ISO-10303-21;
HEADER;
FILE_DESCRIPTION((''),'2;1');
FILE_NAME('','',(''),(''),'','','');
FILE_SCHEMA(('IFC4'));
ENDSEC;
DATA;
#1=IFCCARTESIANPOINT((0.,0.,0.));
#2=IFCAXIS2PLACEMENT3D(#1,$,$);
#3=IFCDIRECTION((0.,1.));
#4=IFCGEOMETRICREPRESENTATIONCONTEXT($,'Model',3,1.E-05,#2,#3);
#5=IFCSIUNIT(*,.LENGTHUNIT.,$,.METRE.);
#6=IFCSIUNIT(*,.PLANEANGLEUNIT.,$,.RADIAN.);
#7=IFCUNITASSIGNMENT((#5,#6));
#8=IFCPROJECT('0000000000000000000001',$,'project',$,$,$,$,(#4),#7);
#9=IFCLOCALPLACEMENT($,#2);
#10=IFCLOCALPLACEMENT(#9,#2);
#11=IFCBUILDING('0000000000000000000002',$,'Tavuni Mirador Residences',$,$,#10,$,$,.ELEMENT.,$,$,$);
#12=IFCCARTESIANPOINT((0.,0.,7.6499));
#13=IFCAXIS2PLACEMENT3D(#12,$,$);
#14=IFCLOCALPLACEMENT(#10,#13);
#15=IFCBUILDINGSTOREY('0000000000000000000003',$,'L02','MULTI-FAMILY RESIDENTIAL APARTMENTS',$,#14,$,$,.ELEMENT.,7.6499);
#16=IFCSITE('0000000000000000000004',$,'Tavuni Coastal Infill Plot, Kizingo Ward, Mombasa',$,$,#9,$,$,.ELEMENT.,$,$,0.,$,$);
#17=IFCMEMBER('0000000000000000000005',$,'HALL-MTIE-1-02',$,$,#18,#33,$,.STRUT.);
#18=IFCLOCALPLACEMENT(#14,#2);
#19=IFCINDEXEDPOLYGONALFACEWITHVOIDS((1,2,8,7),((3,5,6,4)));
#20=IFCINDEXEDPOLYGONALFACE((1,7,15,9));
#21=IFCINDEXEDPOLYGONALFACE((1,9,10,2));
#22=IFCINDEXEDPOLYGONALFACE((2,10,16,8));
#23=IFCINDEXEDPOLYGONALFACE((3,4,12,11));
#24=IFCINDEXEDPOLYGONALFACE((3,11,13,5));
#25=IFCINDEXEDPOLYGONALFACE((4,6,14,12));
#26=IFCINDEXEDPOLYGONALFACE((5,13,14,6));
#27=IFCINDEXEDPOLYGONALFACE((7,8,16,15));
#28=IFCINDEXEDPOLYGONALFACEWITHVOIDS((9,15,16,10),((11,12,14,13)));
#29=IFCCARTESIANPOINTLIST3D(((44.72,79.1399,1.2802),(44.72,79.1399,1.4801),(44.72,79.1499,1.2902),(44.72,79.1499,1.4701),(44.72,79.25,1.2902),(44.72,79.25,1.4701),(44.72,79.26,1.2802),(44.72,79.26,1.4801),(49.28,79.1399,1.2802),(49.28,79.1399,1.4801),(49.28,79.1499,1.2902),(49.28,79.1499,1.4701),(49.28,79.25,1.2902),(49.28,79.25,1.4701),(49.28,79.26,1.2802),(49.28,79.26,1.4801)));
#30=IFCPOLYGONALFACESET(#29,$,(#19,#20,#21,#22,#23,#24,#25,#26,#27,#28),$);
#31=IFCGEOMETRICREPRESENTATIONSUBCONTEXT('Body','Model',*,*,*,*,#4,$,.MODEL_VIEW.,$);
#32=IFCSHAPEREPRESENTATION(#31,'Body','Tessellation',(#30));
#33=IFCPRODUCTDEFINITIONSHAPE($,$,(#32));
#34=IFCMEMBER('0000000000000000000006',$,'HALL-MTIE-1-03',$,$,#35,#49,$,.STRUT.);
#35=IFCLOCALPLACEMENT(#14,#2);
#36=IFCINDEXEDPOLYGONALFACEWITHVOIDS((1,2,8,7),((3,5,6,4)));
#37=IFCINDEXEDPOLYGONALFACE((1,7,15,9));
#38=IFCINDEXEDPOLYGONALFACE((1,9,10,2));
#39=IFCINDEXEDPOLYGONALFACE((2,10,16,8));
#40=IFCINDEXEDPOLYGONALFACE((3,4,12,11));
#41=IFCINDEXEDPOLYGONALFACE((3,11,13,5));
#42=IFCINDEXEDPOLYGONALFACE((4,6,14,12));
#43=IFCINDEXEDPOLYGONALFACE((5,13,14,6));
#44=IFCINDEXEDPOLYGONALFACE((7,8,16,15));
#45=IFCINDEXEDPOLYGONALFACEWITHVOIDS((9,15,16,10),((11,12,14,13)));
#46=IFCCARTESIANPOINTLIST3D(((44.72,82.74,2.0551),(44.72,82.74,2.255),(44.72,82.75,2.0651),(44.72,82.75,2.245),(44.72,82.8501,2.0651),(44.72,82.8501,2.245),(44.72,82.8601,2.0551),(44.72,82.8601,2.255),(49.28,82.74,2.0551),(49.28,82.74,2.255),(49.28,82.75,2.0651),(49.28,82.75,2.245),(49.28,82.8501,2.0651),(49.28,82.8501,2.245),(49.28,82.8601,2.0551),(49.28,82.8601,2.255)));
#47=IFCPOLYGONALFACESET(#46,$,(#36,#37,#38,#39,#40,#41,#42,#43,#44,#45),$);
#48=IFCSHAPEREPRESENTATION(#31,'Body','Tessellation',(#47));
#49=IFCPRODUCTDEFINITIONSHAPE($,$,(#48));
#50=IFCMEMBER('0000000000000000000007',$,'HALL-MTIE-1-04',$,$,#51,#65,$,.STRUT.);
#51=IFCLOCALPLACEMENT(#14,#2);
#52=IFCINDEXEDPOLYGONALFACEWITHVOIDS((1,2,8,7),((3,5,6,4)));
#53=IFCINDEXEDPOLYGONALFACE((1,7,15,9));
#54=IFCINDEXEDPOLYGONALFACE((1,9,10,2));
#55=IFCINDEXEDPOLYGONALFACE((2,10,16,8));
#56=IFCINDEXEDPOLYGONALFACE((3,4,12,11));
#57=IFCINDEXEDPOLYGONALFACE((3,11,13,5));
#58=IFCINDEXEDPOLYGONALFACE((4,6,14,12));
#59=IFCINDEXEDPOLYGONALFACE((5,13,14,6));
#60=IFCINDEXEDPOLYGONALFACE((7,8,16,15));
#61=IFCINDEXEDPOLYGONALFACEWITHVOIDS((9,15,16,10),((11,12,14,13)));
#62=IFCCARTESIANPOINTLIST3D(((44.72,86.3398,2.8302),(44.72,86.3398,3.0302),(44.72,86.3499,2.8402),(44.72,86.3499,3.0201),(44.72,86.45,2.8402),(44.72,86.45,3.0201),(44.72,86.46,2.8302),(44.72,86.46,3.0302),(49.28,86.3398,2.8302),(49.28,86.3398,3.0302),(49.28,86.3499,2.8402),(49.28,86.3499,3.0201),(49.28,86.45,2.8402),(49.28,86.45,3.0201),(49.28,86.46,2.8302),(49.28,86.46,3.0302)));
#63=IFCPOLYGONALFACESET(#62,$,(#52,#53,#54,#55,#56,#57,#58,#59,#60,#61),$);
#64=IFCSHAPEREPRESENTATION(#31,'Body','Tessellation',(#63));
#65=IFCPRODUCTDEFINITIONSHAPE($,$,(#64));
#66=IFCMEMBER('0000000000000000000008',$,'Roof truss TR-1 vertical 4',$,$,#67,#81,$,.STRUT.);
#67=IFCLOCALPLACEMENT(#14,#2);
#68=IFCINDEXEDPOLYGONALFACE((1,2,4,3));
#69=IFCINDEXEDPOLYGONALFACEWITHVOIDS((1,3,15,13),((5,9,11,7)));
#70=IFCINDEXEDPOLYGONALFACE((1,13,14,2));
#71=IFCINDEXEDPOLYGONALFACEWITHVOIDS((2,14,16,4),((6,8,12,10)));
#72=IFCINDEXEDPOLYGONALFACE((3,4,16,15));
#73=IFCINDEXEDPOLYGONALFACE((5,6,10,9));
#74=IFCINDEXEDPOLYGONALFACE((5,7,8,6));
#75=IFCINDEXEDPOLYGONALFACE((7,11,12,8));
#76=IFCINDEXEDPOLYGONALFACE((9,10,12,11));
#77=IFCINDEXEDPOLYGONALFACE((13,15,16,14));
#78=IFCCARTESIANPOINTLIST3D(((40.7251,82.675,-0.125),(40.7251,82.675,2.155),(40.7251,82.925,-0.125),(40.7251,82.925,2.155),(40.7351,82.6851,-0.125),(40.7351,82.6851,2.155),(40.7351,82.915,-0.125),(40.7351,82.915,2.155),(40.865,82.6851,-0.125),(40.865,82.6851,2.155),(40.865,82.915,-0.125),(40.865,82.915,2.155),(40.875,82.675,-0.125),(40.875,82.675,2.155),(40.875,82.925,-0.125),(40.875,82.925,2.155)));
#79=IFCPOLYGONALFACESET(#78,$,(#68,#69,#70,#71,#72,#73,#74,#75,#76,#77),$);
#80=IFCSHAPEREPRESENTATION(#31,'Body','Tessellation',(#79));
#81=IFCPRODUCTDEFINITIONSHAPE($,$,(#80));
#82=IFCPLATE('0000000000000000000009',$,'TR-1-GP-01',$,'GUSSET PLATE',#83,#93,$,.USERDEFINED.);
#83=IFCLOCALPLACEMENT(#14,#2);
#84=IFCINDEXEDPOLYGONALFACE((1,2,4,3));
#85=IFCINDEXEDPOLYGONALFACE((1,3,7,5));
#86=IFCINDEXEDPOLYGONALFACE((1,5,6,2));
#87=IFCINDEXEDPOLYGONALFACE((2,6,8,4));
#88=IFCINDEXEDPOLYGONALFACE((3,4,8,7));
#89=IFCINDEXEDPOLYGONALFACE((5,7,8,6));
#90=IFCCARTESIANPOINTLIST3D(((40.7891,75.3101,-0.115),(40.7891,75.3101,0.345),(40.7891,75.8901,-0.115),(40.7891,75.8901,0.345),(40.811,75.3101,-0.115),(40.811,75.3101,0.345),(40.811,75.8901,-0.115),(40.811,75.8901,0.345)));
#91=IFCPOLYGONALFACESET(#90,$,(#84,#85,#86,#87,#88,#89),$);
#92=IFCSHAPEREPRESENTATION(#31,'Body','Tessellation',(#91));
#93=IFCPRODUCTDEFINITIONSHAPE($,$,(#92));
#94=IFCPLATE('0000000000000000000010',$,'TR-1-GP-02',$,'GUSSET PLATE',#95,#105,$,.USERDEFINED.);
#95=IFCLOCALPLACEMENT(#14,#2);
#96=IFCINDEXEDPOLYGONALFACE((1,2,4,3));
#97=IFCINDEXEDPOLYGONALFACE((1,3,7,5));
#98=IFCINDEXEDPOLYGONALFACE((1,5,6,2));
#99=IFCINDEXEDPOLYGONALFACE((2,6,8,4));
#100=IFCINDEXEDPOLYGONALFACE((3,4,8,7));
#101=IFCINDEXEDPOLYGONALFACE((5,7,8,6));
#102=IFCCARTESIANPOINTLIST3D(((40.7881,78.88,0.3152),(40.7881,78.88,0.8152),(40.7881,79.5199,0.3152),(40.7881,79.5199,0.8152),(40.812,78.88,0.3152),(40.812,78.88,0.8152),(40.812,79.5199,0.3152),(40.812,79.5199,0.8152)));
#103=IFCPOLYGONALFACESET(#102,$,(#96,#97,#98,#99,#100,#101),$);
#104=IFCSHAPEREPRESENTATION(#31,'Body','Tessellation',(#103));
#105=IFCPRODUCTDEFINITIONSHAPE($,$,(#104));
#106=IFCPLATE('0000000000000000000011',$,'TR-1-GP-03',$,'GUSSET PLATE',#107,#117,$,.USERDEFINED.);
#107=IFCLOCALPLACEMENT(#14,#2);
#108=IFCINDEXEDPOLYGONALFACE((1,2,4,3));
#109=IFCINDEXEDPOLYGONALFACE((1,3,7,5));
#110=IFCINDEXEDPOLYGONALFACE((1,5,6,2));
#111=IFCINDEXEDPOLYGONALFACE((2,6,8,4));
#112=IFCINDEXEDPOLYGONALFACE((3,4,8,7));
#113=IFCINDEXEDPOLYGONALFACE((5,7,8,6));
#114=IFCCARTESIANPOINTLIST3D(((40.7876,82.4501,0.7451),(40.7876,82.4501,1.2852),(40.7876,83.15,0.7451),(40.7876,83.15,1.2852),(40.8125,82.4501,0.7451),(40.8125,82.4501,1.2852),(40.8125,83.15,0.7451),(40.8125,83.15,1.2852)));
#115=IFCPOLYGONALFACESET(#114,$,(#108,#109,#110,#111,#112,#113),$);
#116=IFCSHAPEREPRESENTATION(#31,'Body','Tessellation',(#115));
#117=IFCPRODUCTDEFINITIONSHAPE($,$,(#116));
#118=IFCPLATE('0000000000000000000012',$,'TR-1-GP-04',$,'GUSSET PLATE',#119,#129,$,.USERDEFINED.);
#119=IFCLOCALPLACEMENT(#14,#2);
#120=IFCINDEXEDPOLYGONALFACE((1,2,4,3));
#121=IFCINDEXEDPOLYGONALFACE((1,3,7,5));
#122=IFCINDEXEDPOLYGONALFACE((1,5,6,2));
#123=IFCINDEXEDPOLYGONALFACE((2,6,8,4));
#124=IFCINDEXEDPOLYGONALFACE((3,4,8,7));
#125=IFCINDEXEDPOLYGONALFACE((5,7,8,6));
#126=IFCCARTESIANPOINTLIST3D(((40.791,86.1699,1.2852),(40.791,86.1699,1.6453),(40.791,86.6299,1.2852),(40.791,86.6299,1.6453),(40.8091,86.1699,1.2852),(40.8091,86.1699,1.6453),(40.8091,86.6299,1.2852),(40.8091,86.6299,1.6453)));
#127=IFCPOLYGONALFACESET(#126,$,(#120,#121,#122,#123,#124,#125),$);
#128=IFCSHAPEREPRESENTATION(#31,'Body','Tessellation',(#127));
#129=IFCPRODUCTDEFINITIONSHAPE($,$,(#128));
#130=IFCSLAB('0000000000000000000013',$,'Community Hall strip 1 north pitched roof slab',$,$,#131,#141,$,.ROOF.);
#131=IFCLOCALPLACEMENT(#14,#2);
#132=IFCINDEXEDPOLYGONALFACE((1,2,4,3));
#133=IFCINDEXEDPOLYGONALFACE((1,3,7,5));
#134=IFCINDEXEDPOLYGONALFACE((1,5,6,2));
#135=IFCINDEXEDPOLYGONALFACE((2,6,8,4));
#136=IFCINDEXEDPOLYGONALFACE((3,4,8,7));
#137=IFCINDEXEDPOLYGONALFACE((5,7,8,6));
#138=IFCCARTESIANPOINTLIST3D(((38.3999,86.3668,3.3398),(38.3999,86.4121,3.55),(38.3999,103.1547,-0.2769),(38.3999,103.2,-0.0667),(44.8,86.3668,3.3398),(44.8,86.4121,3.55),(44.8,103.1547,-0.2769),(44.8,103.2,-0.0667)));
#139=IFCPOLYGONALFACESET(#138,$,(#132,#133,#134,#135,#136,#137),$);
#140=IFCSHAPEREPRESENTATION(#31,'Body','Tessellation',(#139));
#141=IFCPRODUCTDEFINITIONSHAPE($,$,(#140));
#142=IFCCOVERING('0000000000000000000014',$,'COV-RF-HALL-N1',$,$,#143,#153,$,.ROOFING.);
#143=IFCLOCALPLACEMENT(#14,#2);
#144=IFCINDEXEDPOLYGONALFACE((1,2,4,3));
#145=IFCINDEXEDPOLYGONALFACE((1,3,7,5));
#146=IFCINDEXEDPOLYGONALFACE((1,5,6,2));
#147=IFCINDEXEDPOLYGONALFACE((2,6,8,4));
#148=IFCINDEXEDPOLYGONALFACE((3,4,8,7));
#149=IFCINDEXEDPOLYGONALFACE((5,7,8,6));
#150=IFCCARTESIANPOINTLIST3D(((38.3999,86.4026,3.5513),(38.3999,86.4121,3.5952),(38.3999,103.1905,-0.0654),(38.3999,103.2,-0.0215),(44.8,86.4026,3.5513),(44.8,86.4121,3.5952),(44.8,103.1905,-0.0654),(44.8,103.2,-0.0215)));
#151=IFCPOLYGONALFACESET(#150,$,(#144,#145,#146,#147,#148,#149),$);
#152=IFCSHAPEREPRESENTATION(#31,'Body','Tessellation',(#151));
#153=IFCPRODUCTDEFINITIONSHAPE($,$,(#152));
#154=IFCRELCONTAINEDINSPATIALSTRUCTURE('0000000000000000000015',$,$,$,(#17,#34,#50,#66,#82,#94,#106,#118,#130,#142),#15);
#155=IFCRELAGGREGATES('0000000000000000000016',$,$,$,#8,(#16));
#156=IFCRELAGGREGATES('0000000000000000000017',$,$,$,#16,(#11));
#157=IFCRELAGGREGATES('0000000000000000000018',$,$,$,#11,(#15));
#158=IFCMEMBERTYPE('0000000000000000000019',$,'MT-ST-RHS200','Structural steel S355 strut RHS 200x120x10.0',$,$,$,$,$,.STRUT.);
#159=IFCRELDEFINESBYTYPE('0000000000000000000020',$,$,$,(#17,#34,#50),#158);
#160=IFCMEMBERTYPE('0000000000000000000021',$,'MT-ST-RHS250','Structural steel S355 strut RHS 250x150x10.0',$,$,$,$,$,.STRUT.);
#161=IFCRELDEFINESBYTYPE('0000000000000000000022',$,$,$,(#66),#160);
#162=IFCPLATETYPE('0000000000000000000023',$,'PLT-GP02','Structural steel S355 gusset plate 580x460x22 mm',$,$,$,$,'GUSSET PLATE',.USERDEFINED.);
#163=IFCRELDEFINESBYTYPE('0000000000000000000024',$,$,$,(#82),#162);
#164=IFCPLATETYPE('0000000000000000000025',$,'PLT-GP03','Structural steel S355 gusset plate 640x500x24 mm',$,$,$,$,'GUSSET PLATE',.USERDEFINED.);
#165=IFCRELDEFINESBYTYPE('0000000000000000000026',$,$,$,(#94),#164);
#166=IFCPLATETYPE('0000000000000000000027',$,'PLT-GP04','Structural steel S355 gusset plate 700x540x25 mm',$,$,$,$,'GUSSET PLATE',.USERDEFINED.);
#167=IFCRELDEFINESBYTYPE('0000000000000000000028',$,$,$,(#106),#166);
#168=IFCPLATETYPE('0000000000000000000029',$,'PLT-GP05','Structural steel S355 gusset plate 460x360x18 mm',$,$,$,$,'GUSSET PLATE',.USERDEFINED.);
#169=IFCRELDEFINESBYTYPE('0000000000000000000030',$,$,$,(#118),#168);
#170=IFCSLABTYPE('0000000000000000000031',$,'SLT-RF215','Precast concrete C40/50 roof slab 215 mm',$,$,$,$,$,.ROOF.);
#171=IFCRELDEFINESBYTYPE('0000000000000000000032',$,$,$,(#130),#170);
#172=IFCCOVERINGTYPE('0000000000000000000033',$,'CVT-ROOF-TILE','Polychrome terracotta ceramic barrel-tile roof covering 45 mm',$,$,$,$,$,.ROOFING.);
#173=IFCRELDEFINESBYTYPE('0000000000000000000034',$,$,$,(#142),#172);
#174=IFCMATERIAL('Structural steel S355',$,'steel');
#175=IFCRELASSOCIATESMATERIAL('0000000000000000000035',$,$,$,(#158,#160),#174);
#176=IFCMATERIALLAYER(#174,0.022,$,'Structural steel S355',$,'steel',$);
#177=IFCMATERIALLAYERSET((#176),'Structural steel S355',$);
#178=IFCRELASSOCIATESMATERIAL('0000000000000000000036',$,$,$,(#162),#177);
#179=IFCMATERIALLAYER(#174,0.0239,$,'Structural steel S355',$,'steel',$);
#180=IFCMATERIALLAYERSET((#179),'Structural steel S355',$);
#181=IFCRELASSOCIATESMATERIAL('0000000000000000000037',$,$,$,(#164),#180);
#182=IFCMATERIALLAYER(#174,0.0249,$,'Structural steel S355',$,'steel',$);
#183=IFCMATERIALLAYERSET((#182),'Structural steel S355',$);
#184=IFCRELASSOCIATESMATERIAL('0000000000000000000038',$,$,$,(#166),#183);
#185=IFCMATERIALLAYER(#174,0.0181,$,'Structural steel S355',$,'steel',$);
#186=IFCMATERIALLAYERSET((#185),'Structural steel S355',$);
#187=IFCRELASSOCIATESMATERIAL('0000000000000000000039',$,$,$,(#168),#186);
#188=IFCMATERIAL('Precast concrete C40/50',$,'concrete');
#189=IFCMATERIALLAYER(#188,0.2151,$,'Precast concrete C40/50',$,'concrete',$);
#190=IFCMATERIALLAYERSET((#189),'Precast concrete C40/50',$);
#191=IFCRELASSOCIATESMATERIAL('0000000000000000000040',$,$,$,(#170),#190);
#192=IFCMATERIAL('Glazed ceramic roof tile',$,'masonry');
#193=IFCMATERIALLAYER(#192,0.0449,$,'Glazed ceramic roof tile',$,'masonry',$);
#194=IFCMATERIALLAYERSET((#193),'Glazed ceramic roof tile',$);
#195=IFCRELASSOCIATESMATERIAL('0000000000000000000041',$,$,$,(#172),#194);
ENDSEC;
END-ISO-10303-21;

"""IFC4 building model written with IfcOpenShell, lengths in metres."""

from ifc_helpers import new_model, si_unit, direction, frame, origin, origin_2d, place, context, subcontext, project, spatial, polyline, rectangle, hollow_rectangle, outline, extrude, material, layer, layer_set, material_profile, profile_set, type_object, element, save


model = new_model("IFC4")

# Units and contexts
model_context = context("Model", 3, precision=1e-05, world=origin(), true_north=direction((0.0, 1.0)))
body_context = subcontext(model_context, "Body", "Model", "MODEL_VIEW")
ifc_project = project(units=[si_unit("LENGTHUNIT", "METRE"), si_unit("PLANEANGLEUNIT", "RADIAN")], contexts=[model_context])

# Site, building, storey
site_placement = place(None, origin())
site = spatial("IfcSite", under=ifc_project, at=site_placement, Name="Tavuni Coastal Infill Plot, Kizingo Ward, Mombasa", CompositionType="ELEMENT", RefElevation=0.0)
building_placement = place(site_placement, origin())
building = spatial("IfcBuilding", under=site, at=building_placement, Name="Tavuni Mirador Residences", CompositionType="ELEMENT")
storey_placement = place(building_placement, frame((0.0, 0.0, 7.6499)))
storey = spatial("IfcBuildingStorey", under=building, at=storey_placement, Name="L02", Description="MULTI-FAMILY RESIDENTIAL APARTMENTS", CompositionType="ELEMENT", Elevation=7.6499)

# Members
ifc_material_1 = material(Name="Structural steel S355", Category="steel")
ifc_material_profile_1 = material_profile(ifc_material_1, hollow_rectangle(XDim=0.1201, YDim=0.2, WallThickness=0.01, at=origin_2d()), Name="RHS 200x120x10.0", Category="steel")
ifc_profile_set_1 = profile_set([ifc_material_profile_1], Name="Structural steel S355")
member_type_1 = type_object("IfcMemberType", Name="MT-ST-RHS200", Description="Structural steel S355 strut RHS 200x120x10.0", PredefinedType="STRUT", material=ifc_profile_set_1)
for number, where, z_axis, x_axis, name in (
    (1, (44.72, 79.2, 1.3801), (1.0, 0.0, 0.0), (0.0, 1.0, 0.0), "HALL-MTIE-1-02"),
    (2, (44.72, 82.8, 2.155), (1.0, 0.0, 0.0), (0.0, 1.0, 0.0), "HALL-MTIE-1-03"),
    (3, (44.72, 86.3999, 2.9302), (1.0, 0.0, 0.0), (0.0, 1.0, 0.0), "HALL-MTIE-1-04"),
):
    element("IfcMember", number, at=place(storey_placement, frame(where, z_axis=z_axis, x_axis=x_axis)), inside=storey, type_object=member_type_1, Name=name, PredefinedType="STRUT", context=body_context, shape_type="SweptSolid", body=[
        extrude(hollow_rectangle(XDim=0.1201, YDim=0.2, WallThickness=0.01, at=origin_2d()), origin(), (0.0, 0.0, 1.0), 4.5601),
    ])
ifc_material_profile_2 = material_profile(ifc_material_1, hollow_rectangle(XDim=0.1499, YDim=0.25, WallThickness=0.01, at=origin_2d()), Name="RHS 250x150x10.0", Category="steel")
ifc_profile_set_2 = profile_set([ifc_material_profile_2], Name="Structural steel S355")
member_type_2 = type_object("IfcMemberType", Name="MT-ST-RHS250", Description="Structural steel S355 strut RHS 250x150x10.0", PredefinedType="STRUT", material=ifc_profile_set_2)
member_1_placement = place(storey_placement, frame((40.8, 82.8, -0.125), z_axis=(0.0, 0.0, 1.0), x_axis=(1.0, 0.0, 0.0)))
element("IfcMember", 4, at=member_1_placement, inside=storey, type_object=member_type_2, Name="Roof truss TR-1 vertical 4", PredefinedType="STRUT", context=body_context, shape_type="SweptSolid", body=[
    extrude(hollow_rectangle(XDim=0.1499, YDim=0.25, WallThickness=0.01, at=origin_2d()), origin(), (0.0, 0.0, 1.0), 2.28),
])

# Plates
ifc_layer_1 = layer(ifc_material_1, 0.022, Name="Structural steel S355", Category="steel")
ifc_layer_set_1 = layer_set([ifc_layer_1], Name="Structural steel S355")
plate_type_1 = type_object("IfcPlateType", Name="PLT-GP02", Description="Structural steel S355 gusset plate 580x460x22 mm", ElementType="GUSSET PLATE", PredefinedType="USERDEFINED", material=ifc_layer_set_1)
plate_1_placement = place(storey_placement, frame((40.8, 75.6001, -0.115), z_axis=(0.0, 0.0, 1.0), x_axis=(0.0, 1.0, 0.0)))
element("IfcPlate", 5, at=plate_1_placement, inside=storey, type_object=plate_type_1, Name="TR-1-GP-01", ObjectType="GUSSET PLATE", PredefinedType="USERDEFINED", context=body_context, shape_type="SweptSolid", body=[
    extrude(rectangle(XDim=0.5801, YDim=0.022, at=origin_2d()), origin(), (0.0, 0.0, 1.0), 0.46),
])
ifc_layer_2 = layer(ifc_material_1, 0.0239, Name="Structural steel S355", Category="steel")
ifc_layer_set_2 = layer_set([ifc_layer_2], Name="Structural steel S355")
plate_type_2 = type_object("IfcPlateType", Name="PLT-GP03", Description="Structural steel S355 gusset plate 640x500x24 mm", ElementType="GUSSET PLATE", PredefinedType="USERDEFINED", material=ifc_layer_set_2)
plate_2_placement = place(storey_placement, frame((40.8, 79.2, 0.3152), z_axis=(0.0, 0.0, 1.0), x_axis=(0.0, 1.0, 0.0)))
element("IfcPlate", 6, at=plate_2_placement, inside=storey, type_object=plate_type_2, Name="TR-1-GP-02", ObjectType="GUSSET PLATE", PredefinedType="USERDEFINED", context=body_context, shape_type="SweptSolid", body=[
    extrude(rectangle(XDim=0.6399, YDim=0.0239, at=origin_2d()), origin(), (0.0, 0.0, 1.0), 0.5),
])
ifc_layer_3 = layer(ifc_material_1, 0.0249, Name="Structural steel S355", Category="steel")
ifc_layer_set_3 = layer_set([ifc_layer_3], Name="Structural steel S355")
plate_type_3 = type_object("IfcPlateType", Name="PLT-GP04", Description="Structural steel S355 gusset plate 700x540x25 mm", ElementType="GUSSET PLATE", PredefinedType="USERDEFINED", material=ifc_layer_set_3)
plate_3_placement = place(storey_placement, frame((40.8, 82.8, 0.7451), z_axis=(0.0, 0.0, 1.0), x_axis=(0.0, 1.0, 0.0)))
element("IfcPlate", 7, at=plate_3_placement, inside=storey, type_object=plate_type_3, Name="TR-1-GP-03", ObjectType="GUSSET PLATE", PredefinedType="USERDEFINED", context=body_context, shape_type="SweptSolid", body=[
    extrude(rectangle(XDim=0.7, YDim=0.0249, at=origin_2d()), origin(), (0.0, 0.0, 1.0), 0.54),
])
ifc_layer_4 = layer(ifc_material_1, 0.0181, Name="Structural steel S355", Category="steel")
ifc_layer_set_4 = layer_set([ifc_layer_4], Name="Structural steel S355")
plate_type_4 = type_object("IfcPlateType", Name="PLT-GP05", Description="Structural steel S355 gusset plate 460x360x18 mm", ElementType="GUSSET PLATE", PredefinedType="USERDEFINED", material=ifc_layer_set_4)
plate_4_placement = place(storey_placement, frame((40.8, 86.3999, 1.2852), z_axis=(0.0, 0.0, 1.0), x_axis=(0.0, 1.0, 0.0)))
element("IfcPlate", 8, at=plate_4_placement, inside=storey, type_object=plate_type_4, Name="TR-1-GP-04", ObjectType="GUSSET PLATE", PredefinedType="USERDEFINED", context=body_context, shape_type="SweptSolid", body=[
    extrude(rectangle(XDim=0.46, YDim=0.0181, at=origin_2d()), origin(), (0.0, 0.0, 1.0), 0.3601),
])

# Slab
ifc_material_2 = material(Name="Precast concrete C40/50", Category="concrete")
ifc_layer_5 = layer(ifc_material_2, 0.2151, Name="Precast concrete C40/50", Category="concrete")
ifc_layer_set_5 = layer_set([ifc_layer_5], Name="Precast concrete C40/50")
slab_type = type_object("IfcSlabType", Name="SLT-RF215", Description="Precast concrete C40/50 roof slab 215 mm", PredefinedType="ROOF", material=ifc_layer_set_5)
slab_placement = place(storey_placement, frame((38.3999, 86.4121, 3.55), z_axis=(0.0, 0.210604, 0.977572), x_axis=(1.0, 0.0, 0.0)))
element("IfcSlab", 9, at=slab_placement, inside=storey, type_object=slab_type, Name="Community Hall strip 1 north pitched roof slab", PredefinedType="ROOF", context=body_context, shape_type="SweptSolid", body=[
    extrude(outline(polyline([(0.0, 0.0), (6.4001, 0.0), (6.4001, 17.173), (0.0, 17.173), (0.0, 0.0)])), origin(), (0.0, 0.0, -1.0), 0.2151),
])

# Covering
ifc_material_3 = material(Name="Glazed ceramic roof tile", Category="masonry")
ifc_layer_6 = layer(ifc_material_3, 0.0449, Name="Glazed ceramic roof tile", Category="masonry")
ifc_layer_set_6 = layer_set([ifc_layer_6], Name="Glazed ceramic roof tile")
covering_type = type_object("IfcCoveringType", Name="CVT-ROOF-TILE", Description="Polychrome terracotta ceramic barrel-tile roof covering 45 mm", PredefinedType="ROOFING", material=ifc_layer_set_6)
covering_placement = place(storey_placement, frame((38.3999, 86.4121, 3.5952), z_axis=(0.0, 0.210604, 0.977572), x_axis=(1.0, 0.0, 0.0)))
element("IfcCovering", 10, at=covering_placement, inside=storey, type_object=covering_type, Name="COV-RF-HALL-N1", PredefinedType="ROOFING", context=body_context, shape_type="SweptSolid", body=[
    extrude(outline(polyline([(0.0, 0.0), (6.4001, 0.0), (6.4001, 17.173), (0.0, 17.173), (0.0, 0.0)])), origin(), (0.0, 0.0, -1.0), 0.0449),
])

save(model, "model.ifc")
